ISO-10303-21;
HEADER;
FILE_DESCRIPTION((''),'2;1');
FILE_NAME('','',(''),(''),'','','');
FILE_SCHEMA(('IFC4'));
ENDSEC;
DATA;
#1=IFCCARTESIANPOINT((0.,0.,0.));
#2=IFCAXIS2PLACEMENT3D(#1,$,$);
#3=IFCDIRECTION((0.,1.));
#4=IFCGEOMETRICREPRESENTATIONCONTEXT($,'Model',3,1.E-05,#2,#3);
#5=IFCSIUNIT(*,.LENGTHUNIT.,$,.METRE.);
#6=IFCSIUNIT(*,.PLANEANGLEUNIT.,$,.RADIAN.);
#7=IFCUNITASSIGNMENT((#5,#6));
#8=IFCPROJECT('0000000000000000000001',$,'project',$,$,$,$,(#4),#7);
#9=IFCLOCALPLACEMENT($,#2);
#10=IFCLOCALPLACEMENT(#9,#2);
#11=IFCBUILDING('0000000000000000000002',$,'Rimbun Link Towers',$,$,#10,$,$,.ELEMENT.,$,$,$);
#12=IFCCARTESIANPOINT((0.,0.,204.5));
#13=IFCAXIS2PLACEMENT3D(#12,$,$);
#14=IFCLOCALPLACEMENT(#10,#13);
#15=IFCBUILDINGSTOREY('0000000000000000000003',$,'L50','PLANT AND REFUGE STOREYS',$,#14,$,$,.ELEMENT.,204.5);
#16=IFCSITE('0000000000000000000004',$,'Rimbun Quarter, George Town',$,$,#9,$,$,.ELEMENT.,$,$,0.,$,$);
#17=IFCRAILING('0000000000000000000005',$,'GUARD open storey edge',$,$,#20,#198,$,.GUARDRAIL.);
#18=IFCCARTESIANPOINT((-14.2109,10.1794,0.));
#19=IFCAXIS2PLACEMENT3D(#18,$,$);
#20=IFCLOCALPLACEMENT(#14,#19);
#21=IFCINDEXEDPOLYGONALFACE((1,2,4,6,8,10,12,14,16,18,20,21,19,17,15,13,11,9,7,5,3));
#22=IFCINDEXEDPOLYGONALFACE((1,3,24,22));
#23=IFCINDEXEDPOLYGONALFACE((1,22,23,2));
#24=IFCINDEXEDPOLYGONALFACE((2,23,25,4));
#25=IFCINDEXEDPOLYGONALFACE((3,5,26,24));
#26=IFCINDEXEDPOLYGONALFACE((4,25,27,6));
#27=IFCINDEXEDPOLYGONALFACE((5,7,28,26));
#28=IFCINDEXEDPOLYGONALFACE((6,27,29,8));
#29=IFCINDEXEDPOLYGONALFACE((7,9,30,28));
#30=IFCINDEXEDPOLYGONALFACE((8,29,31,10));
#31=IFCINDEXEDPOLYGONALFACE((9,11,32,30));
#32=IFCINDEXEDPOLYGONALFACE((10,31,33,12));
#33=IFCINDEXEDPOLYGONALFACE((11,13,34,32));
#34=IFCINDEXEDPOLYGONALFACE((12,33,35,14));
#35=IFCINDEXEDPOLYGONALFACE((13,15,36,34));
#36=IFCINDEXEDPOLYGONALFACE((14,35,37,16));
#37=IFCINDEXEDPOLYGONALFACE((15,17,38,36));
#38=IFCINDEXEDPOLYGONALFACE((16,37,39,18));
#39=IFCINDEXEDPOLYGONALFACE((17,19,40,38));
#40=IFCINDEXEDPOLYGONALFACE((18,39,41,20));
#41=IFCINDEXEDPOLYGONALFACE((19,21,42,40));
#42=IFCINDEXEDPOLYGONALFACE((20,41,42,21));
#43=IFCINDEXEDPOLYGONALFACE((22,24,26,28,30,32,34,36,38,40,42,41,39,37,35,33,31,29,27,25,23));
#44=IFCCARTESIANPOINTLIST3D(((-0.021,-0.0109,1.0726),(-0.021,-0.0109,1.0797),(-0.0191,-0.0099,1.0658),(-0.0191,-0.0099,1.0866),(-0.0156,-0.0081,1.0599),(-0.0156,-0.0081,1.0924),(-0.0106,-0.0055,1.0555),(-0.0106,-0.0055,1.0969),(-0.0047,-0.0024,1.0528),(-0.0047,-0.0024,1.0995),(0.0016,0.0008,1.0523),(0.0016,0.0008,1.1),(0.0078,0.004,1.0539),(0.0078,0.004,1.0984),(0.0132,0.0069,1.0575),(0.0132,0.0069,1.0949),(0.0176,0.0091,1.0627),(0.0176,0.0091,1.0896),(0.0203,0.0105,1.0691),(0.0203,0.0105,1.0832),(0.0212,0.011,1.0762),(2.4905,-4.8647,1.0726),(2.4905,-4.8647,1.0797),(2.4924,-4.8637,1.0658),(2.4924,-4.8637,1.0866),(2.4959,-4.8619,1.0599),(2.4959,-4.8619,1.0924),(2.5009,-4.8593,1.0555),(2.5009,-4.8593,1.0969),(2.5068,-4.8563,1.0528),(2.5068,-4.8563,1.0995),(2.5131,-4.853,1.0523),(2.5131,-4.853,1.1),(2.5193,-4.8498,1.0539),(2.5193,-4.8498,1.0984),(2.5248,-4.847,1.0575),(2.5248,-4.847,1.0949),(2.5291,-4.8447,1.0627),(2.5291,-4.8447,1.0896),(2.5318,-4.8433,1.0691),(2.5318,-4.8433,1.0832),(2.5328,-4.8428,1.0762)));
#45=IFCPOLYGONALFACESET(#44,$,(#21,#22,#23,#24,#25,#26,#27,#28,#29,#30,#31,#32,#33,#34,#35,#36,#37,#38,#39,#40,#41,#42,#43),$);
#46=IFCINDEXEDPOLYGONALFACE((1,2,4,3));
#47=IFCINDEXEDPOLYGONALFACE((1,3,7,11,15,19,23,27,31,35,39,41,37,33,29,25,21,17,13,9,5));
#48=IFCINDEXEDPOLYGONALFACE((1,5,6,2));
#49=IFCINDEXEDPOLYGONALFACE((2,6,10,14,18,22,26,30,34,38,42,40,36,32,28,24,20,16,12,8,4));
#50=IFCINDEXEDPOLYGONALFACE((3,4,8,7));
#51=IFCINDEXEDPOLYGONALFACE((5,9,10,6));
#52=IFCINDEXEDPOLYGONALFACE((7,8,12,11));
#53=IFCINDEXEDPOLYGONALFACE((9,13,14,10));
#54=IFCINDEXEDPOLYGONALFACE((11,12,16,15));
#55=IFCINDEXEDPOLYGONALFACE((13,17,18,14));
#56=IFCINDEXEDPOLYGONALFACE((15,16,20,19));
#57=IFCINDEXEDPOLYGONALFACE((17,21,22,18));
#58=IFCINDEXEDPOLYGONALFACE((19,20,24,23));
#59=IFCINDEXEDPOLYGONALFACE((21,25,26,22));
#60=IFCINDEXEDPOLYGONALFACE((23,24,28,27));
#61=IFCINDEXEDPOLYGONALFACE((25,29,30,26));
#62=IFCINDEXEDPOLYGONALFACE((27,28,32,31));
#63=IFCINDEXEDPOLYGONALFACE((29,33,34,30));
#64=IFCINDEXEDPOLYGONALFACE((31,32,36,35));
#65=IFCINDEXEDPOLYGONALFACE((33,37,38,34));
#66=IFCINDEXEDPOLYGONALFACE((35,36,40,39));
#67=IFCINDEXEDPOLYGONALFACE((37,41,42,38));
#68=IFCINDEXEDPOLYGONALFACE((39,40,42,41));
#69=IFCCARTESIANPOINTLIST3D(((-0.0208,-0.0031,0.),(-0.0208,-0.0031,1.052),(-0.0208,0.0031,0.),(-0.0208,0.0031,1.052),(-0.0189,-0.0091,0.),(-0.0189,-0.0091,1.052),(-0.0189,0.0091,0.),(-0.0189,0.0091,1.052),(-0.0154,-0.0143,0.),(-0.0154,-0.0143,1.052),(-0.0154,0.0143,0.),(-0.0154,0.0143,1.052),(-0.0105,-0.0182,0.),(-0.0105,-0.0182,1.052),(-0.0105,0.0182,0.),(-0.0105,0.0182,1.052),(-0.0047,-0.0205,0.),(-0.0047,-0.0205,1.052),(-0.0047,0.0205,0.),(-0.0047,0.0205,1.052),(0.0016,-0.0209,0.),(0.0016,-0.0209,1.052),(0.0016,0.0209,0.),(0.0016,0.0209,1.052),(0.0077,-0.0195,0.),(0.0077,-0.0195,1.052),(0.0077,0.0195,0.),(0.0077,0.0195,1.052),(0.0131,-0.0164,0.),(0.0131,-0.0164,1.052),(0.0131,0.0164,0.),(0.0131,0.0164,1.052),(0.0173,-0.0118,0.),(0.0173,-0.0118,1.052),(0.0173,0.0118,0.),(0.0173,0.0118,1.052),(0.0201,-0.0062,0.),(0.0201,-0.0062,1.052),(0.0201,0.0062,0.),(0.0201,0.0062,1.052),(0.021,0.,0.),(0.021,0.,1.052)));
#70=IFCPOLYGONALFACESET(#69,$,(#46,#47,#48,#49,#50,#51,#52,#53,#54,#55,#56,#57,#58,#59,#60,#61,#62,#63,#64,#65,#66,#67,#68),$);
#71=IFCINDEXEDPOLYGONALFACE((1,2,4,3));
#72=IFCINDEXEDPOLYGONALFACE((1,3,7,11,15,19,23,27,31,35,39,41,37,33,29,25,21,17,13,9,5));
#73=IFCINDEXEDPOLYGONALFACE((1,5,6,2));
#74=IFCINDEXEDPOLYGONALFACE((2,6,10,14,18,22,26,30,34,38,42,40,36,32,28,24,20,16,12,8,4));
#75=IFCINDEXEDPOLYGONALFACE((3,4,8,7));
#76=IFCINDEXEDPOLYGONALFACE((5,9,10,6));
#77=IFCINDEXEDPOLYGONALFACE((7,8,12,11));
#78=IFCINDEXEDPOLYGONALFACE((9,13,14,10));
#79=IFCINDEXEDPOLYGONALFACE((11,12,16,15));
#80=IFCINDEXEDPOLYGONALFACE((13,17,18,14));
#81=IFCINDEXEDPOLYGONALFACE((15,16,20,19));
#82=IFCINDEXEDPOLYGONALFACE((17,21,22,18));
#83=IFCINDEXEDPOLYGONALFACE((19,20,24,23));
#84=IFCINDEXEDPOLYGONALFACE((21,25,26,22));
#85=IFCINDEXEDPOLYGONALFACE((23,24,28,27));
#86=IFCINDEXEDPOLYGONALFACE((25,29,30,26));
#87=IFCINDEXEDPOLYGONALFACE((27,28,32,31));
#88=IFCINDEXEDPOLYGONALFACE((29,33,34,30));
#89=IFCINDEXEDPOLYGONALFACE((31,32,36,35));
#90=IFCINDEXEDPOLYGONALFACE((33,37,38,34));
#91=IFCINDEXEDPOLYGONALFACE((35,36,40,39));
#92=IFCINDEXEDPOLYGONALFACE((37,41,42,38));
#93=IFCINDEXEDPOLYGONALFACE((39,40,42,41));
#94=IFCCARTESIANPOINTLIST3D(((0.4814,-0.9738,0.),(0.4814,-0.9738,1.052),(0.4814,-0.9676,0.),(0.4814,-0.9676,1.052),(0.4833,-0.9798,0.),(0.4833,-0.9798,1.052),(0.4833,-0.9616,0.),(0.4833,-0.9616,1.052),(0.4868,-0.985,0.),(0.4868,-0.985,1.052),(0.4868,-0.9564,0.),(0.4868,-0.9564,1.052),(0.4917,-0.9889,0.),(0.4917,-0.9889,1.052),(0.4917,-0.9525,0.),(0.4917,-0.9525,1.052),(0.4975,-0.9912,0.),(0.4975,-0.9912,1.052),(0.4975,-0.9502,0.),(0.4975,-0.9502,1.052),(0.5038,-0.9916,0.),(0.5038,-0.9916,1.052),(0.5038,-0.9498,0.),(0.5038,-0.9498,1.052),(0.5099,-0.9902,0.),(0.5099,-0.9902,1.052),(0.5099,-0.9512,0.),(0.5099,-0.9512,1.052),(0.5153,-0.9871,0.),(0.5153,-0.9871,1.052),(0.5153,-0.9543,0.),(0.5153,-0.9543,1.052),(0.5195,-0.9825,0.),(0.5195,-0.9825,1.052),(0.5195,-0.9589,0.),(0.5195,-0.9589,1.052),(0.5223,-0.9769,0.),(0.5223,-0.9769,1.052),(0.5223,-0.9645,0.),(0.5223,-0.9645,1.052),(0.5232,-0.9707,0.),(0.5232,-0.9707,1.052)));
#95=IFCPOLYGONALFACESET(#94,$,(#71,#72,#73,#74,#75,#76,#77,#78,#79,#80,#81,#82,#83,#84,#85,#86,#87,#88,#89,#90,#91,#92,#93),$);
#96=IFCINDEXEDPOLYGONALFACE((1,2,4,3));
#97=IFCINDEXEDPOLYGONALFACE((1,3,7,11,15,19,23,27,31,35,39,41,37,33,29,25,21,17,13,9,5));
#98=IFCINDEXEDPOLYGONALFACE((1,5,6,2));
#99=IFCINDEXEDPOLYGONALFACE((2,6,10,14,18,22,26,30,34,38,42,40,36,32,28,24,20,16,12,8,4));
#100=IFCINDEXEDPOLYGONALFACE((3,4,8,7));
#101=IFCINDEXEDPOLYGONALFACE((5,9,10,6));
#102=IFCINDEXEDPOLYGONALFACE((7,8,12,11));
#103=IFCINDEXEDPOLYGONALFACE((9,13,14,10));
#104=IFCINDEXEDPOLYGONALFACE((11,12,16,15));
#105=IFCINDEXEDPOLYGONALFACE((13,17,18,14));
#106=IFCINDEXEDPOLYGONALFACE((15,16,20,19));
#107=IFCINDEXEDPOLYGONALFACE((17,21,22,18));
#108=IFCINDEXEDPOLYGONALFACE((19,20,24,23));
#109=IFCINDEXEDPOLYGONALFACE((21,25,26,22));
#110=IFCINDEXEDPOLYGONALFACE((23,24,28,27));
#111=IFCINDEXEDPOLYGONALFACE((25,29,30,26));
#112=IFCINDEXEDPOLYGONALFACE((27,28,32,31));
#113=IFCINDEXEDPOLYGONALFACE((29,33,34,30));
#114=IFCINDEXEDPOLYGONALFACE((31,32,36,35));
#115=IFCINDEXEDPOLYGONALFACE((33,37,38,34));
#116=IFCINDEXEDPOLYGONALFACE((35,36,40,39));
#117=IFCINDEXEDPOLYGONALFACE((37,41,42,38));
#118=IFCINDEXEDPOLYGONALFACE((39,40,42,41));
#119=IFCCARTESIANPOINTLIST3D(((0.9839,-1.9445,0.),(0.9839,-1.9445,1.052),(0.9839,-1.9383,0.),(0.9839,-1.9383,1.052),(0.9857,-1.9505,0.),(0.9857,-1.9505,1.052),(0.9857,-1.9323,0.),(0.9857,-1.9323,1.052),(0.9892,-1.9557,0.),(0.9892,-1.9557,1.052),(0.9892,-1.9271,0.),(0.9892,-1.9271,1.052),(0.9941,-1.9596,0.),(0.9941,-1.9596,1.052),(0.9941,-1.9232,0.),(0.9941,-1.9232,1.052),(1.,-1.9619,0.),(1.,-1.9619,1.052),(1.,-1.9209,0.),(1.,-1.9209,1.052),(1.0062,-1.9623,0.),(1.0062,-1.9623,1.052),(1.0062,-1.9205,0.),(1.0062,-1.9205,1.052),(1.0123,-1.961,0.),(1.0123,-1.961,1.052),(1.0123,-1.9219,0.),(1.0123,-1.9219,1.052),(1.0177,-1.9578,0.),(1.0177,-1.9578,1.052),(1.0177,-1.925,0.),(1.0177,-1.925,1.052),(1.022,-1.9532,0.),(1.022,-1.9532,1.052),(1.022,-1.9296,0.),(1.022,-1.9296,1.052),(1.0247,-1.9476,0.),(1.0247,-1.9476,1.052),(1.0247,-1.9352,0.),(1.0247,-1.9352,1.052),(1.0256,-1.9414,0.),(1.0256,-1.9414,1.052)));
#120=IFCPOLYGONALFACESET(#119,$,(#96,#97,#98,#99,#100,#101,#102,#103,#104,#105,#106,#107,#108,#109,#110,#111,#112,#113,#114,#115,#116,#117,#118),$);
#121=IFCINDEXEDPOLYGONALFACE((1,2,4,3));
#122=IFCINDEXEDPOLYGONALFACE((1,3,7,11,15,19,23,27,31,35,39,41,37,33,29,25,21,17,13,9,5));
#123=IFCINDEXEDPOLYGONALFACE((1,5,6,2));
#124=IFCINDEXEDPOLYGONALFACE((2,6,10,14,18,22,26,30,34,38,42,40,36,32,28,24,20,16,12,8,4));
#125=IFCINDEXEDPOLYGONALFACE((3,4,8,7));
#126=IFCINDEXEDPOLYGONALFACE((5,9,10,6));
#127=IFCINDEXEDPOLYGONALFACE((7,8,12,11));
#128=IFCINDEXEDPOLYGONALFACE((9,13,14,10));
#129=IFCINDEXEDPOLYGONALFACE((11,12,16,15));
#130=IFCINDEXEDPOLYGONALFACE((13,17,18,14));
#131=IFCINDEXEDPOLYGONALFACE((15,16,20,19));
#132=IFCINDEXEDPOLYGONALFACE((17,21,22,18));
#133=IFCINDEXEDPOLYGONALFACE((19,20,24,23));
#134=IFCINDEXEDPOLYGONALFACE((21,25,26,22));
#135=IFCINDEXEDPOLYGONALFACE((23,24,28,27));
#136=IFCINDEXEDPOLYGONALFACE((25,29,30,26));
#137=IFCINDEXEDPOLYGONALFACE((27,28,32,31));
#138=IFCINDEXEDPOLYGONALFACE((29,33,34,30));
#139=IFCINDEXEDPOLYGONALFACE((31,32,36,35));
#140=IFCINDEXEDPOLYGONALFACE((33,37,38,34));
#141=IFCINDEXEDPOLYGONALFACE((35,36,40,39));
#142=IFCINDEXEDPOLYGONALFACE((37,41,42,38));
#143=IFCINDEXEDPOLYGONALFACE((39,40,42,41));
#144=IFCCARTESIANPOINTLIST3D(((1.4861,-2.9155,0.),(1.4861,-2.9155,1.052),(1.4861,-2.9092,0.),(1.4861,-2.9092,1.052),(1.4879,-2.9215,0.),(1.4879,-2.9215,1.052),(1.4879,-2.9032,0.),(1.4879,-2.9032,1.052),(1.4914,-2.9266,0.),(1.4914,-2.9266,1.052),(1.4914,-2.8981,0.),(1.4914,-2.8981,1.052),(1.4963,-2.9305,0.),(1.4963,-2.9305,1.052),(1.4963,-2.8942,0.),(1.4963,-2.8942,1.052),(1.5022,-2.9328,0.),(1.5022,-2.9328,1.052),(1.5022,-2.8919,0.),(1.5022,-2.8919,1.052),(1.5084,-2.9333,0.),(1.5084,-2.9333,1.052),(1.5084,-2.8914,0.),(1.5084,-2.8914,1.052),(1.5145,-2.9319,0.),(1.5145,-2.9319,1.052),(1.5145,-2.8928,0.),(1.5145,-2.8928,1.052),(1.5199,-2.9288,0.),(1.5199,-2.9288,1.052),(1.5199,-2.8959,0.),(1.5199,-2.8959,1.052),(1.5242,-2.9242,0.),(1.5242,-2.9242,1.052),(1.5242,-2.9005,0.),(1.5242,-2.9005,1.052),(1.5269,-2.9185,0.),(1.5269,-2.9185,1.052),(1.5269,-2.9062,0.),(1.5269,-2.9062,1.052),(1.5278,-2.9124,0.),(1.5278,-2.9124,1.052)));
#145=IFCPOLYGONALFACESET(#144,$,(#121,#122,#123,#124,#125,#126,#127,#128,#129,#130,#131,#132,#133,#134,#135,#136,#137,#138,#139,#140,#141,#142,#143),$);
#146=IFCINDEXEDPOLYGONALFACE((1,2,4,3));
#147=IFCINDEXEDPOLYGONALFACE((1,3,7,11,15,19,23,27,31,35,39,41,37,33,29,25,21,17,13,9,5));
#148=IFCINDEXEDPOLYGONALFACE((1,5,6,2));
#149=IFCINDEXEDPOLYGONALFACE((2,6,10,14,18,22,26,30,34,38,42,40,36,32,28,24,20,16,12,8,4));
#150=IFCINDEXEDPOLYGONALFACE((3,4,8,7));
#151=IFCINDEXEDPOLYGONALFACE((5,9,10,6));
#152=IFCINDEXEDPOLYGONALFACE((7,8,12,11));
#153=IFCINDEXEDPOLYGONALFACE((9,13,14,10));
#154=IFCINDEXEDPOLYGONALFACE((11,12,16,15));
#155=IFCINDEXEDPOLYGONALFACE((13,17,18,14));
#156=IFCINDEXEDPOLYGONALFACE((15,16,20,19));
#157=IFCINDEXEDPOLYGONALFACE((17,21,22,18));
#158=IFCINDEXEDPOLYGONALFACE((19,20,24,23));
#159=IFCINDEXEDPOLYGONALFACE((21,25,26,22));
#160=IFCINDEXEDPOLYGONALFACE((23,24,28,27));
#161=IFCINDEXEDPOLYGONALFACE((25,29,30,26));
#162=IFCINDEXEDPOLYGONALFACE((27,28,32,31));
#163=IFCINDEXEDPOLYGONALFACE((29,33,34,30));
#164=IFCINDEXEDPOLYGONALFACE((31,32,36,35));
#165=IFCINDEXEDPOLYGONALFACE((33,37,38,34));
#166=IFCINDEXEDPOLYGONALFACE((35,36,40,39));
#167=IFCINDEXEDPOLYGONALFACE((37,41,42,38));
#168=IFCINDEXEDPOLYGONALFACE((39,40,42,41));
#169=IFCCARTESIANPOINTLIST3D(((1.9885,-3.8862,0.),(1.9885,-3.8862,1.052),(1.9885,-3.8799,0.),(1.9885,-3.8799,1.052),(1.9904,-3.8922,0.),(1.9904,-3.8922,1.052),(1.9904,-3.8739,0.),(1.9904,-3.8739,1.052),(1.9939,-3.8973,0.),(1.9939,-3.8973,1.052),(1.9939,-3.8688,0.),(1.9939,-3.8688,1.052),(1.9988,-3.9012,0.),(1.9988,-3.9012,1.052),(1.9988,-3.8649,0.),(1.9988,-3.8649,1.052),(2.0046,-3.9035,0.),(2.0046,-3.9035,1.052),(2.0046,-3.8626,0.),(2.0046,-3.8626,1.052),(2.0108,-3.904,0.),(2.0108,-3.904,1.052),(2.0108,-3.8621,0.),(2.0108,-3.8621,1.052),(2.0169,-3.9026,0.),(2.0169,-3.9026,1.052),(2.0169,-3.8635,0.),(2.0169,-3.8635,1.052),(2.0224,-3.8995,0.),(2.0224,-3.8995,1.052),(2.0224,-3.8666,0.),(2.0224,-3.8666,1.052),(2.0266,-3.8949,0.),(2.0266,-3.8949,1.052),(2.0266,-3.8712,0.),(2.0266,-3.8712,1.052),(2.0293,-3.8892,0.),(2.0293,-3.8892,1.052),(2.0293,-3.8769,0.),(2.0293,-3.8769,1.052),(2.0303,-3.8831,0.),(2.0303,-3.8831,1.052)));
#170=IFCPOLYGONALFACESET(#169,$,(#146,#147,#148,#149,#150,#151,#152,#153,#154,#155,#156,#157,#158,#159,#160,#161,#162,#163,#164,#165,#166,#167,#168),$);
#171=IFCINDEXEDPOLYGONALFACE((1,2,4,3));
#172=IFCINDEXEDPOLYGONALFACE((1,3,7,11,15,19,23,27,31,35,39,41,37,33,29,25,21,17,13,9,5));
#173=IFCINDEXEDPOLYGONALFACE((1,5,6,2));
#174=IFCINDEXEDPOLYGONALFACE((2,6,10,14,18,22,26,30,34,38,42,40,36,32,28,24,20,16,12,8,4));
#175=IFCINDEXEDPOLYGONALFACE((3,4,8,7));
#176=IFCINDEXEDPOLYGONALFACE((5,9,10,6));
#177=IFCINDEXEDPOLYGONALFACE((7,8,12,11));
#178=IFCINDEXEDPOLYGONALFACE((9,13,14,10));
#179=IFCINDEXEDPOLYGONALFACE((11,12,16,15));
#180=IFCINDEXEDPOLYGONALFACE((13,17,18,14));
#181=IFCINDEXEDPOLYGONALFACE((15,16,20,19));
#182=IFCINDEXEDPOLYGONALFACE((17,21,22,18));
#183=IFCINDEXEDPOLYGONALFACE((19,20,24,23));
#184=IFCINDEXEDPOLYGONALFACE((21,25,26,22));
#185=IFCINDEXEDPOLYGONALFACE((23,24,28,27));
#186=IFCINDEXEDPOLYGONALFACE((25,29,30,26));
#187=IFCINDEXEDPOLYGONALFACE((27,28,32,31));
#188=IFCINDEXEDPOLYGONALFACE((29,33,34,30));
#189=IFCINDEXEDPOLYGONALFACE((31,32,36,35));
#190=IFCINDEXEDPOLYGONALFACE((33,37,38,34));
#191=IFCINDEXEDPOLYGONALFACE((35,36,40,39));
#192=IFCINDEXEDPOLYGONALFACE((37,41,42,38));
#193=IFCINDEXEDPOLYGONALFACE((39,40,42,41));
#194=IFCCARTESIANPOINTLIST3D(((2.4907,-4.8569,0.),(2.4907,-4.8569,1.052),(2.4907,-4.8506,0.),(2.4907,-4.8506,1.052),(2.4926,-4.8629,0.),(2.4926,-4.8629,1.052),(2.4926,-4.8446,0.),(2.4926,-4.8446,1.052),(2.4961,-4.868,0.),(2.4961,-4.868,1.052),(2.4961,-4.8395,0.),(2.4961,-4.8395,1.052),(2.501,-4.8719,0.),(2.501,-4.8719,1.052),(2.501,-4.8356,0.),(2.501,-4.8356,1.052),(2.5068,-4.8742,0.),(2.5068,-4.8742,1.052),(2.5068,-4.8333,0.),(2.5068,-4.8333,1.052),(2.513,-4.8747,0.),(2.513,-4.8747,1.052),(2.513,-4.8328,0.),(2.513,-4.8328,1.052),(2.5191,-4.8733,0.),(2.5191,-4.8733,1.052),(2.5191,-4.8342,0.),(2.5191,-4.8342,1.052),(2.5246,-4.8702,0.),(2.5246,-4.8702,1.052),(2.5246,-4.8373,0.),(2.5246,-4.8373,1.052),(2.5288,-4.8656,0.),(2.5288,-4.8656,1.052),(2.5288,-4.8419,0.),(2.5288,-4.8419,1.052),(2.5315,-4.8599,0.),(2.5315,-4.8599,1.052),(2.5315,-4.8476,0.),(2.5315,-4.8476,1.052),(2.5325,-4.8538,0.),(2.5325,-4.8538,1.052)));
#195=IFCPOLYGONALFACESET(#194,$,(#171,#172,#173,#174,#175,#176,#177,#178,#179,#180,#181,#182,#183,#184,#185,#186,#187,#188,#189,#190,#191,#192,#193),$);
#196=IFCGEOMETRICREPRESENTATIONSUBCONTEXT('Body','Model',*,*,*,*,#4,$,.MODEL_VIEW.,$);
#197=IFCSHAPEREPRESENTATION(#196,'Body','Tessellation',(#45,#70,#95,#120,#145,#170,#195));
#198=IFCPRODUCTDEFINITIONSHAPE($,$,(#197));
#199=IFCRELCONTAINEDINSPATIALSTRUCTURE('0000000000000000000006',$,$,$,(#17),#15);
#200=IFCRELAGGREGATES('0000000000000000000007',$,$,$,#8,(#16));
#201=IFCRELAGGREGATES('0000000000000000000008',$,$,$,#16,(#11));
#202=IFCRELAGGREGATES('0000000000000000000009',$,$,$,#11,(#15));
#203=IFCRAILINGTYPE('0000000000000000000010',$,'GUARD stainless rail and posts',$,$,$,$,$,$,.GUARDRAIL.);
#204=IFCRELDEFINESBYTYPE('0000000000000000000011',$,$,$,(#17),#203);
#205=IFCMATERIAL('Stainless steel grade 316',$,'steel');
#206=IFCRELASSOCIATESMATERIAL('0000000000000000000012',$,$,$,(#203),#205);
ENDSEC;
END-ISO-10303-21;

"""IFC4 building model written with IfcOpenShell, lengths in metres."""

from ifc_helpers import new_model, si_unit, direction, frame, origin, origin_2d, place, context, subcontext, project, spatial, circle, extrude, material, type_object, element, save


model = new_model("IFC4")

# Units and contexts
model_context = context("Model", 3, precision=1e-05, world=origin(), true_north=direction((0.0, 1.0)))
body_context = subcontext(model_context, "Body", "Model", "MODEL_VIEW")
ifc_project = project(units=[si_unit("LENGTHUNIT", "METRE"), si_unit("PLANEANGLEUNIT", "RADIAN")], contexts=[model_context])

# Site, building, storey
site_placement = place(None, origin())
site = spatial("IfcSite", under=ifc_project, at=site_placement, Name="Rimbun Quarter, George Town", CompositionType="ELEMENT", RefElevation=0.0)
building_placement = place(site_placement, origin())
building = spatial("IfcBuilding", under=site, at=building_placement, Name="Rimbun Link Towers", CompositionType="ELEMENT")
storey_placement = place(building_placement, frame((0.0, 0.0, 204.5)))
storey = spatial("IfcBuildingStorey", under=building, at=storey_placement, Name="L50", Description="PLANT AND REFUGE STOREYS", CompositionType="ELEMENT", Elevation=204.5)

# Railing
ifc_material_1 = material(Name="Stainless steel grade 316", Category="steel")
railing_type = type_object("IfcRailingType", Name="GUARD stainless rail and posts", PredefinedType="GUARDRAIL", material=ifc_material_1)
railing_1_placement = place(storey_placement, frame((-14.2109, 10.1794, 0.0)))
element("IfcRailing", 1, at=railing_1_placement, inside=storey, type_object=railing_type, Name="GUARD open storey edge", PredefinedType="GUARDRAIL", context=body_context, shape_type="SweptSolid", body=[
    extrude(circle(Radius=0.0239, at=origin_2d()), frame((0.0, 0.0, 1.0762), z_axis=(0.459554, -0.88815, 0.0), x_axis=(0.88815, 0.459554, 0.0)), (0.0, 0.0, 1.0), 5.4651),
    extrude(circle(Radius=0.021, at=origin_2d()), origin(), (0.0, 0.0, 1.0), 1.052),
    extrude(circle(Radius=0.021, at=origin_2d()), frame((0.5022, -0.9707, 0.0)), (0.0, 0.0, 1.0), 1.052),
    extrude(circle(Radius=0.021, at=origin_2d()), frame((1.0046, -1.9414, 0.0)), (0.0, 0.0, 1.0), 1.052),
    extrude(circle(Radius=0.021, at=origin_2d()), frame((1.5068, -2.9124, 0.0)), (0.0, 0.0, 1.0), 1.052),
    extrude(circle(Radius=0.021, at=origin_2d()), frame((2.0093, -3.8831, 0.0)), (0.0, 0.0, 1.0), 1.052),
    extrude(circle(Radius=0.021, at=origin_2d()), frame((2.5115, -4.8538, 0.0)), (0.0, 0.0, 1.0), 1.052),
])

save(model, "model.ifc")
